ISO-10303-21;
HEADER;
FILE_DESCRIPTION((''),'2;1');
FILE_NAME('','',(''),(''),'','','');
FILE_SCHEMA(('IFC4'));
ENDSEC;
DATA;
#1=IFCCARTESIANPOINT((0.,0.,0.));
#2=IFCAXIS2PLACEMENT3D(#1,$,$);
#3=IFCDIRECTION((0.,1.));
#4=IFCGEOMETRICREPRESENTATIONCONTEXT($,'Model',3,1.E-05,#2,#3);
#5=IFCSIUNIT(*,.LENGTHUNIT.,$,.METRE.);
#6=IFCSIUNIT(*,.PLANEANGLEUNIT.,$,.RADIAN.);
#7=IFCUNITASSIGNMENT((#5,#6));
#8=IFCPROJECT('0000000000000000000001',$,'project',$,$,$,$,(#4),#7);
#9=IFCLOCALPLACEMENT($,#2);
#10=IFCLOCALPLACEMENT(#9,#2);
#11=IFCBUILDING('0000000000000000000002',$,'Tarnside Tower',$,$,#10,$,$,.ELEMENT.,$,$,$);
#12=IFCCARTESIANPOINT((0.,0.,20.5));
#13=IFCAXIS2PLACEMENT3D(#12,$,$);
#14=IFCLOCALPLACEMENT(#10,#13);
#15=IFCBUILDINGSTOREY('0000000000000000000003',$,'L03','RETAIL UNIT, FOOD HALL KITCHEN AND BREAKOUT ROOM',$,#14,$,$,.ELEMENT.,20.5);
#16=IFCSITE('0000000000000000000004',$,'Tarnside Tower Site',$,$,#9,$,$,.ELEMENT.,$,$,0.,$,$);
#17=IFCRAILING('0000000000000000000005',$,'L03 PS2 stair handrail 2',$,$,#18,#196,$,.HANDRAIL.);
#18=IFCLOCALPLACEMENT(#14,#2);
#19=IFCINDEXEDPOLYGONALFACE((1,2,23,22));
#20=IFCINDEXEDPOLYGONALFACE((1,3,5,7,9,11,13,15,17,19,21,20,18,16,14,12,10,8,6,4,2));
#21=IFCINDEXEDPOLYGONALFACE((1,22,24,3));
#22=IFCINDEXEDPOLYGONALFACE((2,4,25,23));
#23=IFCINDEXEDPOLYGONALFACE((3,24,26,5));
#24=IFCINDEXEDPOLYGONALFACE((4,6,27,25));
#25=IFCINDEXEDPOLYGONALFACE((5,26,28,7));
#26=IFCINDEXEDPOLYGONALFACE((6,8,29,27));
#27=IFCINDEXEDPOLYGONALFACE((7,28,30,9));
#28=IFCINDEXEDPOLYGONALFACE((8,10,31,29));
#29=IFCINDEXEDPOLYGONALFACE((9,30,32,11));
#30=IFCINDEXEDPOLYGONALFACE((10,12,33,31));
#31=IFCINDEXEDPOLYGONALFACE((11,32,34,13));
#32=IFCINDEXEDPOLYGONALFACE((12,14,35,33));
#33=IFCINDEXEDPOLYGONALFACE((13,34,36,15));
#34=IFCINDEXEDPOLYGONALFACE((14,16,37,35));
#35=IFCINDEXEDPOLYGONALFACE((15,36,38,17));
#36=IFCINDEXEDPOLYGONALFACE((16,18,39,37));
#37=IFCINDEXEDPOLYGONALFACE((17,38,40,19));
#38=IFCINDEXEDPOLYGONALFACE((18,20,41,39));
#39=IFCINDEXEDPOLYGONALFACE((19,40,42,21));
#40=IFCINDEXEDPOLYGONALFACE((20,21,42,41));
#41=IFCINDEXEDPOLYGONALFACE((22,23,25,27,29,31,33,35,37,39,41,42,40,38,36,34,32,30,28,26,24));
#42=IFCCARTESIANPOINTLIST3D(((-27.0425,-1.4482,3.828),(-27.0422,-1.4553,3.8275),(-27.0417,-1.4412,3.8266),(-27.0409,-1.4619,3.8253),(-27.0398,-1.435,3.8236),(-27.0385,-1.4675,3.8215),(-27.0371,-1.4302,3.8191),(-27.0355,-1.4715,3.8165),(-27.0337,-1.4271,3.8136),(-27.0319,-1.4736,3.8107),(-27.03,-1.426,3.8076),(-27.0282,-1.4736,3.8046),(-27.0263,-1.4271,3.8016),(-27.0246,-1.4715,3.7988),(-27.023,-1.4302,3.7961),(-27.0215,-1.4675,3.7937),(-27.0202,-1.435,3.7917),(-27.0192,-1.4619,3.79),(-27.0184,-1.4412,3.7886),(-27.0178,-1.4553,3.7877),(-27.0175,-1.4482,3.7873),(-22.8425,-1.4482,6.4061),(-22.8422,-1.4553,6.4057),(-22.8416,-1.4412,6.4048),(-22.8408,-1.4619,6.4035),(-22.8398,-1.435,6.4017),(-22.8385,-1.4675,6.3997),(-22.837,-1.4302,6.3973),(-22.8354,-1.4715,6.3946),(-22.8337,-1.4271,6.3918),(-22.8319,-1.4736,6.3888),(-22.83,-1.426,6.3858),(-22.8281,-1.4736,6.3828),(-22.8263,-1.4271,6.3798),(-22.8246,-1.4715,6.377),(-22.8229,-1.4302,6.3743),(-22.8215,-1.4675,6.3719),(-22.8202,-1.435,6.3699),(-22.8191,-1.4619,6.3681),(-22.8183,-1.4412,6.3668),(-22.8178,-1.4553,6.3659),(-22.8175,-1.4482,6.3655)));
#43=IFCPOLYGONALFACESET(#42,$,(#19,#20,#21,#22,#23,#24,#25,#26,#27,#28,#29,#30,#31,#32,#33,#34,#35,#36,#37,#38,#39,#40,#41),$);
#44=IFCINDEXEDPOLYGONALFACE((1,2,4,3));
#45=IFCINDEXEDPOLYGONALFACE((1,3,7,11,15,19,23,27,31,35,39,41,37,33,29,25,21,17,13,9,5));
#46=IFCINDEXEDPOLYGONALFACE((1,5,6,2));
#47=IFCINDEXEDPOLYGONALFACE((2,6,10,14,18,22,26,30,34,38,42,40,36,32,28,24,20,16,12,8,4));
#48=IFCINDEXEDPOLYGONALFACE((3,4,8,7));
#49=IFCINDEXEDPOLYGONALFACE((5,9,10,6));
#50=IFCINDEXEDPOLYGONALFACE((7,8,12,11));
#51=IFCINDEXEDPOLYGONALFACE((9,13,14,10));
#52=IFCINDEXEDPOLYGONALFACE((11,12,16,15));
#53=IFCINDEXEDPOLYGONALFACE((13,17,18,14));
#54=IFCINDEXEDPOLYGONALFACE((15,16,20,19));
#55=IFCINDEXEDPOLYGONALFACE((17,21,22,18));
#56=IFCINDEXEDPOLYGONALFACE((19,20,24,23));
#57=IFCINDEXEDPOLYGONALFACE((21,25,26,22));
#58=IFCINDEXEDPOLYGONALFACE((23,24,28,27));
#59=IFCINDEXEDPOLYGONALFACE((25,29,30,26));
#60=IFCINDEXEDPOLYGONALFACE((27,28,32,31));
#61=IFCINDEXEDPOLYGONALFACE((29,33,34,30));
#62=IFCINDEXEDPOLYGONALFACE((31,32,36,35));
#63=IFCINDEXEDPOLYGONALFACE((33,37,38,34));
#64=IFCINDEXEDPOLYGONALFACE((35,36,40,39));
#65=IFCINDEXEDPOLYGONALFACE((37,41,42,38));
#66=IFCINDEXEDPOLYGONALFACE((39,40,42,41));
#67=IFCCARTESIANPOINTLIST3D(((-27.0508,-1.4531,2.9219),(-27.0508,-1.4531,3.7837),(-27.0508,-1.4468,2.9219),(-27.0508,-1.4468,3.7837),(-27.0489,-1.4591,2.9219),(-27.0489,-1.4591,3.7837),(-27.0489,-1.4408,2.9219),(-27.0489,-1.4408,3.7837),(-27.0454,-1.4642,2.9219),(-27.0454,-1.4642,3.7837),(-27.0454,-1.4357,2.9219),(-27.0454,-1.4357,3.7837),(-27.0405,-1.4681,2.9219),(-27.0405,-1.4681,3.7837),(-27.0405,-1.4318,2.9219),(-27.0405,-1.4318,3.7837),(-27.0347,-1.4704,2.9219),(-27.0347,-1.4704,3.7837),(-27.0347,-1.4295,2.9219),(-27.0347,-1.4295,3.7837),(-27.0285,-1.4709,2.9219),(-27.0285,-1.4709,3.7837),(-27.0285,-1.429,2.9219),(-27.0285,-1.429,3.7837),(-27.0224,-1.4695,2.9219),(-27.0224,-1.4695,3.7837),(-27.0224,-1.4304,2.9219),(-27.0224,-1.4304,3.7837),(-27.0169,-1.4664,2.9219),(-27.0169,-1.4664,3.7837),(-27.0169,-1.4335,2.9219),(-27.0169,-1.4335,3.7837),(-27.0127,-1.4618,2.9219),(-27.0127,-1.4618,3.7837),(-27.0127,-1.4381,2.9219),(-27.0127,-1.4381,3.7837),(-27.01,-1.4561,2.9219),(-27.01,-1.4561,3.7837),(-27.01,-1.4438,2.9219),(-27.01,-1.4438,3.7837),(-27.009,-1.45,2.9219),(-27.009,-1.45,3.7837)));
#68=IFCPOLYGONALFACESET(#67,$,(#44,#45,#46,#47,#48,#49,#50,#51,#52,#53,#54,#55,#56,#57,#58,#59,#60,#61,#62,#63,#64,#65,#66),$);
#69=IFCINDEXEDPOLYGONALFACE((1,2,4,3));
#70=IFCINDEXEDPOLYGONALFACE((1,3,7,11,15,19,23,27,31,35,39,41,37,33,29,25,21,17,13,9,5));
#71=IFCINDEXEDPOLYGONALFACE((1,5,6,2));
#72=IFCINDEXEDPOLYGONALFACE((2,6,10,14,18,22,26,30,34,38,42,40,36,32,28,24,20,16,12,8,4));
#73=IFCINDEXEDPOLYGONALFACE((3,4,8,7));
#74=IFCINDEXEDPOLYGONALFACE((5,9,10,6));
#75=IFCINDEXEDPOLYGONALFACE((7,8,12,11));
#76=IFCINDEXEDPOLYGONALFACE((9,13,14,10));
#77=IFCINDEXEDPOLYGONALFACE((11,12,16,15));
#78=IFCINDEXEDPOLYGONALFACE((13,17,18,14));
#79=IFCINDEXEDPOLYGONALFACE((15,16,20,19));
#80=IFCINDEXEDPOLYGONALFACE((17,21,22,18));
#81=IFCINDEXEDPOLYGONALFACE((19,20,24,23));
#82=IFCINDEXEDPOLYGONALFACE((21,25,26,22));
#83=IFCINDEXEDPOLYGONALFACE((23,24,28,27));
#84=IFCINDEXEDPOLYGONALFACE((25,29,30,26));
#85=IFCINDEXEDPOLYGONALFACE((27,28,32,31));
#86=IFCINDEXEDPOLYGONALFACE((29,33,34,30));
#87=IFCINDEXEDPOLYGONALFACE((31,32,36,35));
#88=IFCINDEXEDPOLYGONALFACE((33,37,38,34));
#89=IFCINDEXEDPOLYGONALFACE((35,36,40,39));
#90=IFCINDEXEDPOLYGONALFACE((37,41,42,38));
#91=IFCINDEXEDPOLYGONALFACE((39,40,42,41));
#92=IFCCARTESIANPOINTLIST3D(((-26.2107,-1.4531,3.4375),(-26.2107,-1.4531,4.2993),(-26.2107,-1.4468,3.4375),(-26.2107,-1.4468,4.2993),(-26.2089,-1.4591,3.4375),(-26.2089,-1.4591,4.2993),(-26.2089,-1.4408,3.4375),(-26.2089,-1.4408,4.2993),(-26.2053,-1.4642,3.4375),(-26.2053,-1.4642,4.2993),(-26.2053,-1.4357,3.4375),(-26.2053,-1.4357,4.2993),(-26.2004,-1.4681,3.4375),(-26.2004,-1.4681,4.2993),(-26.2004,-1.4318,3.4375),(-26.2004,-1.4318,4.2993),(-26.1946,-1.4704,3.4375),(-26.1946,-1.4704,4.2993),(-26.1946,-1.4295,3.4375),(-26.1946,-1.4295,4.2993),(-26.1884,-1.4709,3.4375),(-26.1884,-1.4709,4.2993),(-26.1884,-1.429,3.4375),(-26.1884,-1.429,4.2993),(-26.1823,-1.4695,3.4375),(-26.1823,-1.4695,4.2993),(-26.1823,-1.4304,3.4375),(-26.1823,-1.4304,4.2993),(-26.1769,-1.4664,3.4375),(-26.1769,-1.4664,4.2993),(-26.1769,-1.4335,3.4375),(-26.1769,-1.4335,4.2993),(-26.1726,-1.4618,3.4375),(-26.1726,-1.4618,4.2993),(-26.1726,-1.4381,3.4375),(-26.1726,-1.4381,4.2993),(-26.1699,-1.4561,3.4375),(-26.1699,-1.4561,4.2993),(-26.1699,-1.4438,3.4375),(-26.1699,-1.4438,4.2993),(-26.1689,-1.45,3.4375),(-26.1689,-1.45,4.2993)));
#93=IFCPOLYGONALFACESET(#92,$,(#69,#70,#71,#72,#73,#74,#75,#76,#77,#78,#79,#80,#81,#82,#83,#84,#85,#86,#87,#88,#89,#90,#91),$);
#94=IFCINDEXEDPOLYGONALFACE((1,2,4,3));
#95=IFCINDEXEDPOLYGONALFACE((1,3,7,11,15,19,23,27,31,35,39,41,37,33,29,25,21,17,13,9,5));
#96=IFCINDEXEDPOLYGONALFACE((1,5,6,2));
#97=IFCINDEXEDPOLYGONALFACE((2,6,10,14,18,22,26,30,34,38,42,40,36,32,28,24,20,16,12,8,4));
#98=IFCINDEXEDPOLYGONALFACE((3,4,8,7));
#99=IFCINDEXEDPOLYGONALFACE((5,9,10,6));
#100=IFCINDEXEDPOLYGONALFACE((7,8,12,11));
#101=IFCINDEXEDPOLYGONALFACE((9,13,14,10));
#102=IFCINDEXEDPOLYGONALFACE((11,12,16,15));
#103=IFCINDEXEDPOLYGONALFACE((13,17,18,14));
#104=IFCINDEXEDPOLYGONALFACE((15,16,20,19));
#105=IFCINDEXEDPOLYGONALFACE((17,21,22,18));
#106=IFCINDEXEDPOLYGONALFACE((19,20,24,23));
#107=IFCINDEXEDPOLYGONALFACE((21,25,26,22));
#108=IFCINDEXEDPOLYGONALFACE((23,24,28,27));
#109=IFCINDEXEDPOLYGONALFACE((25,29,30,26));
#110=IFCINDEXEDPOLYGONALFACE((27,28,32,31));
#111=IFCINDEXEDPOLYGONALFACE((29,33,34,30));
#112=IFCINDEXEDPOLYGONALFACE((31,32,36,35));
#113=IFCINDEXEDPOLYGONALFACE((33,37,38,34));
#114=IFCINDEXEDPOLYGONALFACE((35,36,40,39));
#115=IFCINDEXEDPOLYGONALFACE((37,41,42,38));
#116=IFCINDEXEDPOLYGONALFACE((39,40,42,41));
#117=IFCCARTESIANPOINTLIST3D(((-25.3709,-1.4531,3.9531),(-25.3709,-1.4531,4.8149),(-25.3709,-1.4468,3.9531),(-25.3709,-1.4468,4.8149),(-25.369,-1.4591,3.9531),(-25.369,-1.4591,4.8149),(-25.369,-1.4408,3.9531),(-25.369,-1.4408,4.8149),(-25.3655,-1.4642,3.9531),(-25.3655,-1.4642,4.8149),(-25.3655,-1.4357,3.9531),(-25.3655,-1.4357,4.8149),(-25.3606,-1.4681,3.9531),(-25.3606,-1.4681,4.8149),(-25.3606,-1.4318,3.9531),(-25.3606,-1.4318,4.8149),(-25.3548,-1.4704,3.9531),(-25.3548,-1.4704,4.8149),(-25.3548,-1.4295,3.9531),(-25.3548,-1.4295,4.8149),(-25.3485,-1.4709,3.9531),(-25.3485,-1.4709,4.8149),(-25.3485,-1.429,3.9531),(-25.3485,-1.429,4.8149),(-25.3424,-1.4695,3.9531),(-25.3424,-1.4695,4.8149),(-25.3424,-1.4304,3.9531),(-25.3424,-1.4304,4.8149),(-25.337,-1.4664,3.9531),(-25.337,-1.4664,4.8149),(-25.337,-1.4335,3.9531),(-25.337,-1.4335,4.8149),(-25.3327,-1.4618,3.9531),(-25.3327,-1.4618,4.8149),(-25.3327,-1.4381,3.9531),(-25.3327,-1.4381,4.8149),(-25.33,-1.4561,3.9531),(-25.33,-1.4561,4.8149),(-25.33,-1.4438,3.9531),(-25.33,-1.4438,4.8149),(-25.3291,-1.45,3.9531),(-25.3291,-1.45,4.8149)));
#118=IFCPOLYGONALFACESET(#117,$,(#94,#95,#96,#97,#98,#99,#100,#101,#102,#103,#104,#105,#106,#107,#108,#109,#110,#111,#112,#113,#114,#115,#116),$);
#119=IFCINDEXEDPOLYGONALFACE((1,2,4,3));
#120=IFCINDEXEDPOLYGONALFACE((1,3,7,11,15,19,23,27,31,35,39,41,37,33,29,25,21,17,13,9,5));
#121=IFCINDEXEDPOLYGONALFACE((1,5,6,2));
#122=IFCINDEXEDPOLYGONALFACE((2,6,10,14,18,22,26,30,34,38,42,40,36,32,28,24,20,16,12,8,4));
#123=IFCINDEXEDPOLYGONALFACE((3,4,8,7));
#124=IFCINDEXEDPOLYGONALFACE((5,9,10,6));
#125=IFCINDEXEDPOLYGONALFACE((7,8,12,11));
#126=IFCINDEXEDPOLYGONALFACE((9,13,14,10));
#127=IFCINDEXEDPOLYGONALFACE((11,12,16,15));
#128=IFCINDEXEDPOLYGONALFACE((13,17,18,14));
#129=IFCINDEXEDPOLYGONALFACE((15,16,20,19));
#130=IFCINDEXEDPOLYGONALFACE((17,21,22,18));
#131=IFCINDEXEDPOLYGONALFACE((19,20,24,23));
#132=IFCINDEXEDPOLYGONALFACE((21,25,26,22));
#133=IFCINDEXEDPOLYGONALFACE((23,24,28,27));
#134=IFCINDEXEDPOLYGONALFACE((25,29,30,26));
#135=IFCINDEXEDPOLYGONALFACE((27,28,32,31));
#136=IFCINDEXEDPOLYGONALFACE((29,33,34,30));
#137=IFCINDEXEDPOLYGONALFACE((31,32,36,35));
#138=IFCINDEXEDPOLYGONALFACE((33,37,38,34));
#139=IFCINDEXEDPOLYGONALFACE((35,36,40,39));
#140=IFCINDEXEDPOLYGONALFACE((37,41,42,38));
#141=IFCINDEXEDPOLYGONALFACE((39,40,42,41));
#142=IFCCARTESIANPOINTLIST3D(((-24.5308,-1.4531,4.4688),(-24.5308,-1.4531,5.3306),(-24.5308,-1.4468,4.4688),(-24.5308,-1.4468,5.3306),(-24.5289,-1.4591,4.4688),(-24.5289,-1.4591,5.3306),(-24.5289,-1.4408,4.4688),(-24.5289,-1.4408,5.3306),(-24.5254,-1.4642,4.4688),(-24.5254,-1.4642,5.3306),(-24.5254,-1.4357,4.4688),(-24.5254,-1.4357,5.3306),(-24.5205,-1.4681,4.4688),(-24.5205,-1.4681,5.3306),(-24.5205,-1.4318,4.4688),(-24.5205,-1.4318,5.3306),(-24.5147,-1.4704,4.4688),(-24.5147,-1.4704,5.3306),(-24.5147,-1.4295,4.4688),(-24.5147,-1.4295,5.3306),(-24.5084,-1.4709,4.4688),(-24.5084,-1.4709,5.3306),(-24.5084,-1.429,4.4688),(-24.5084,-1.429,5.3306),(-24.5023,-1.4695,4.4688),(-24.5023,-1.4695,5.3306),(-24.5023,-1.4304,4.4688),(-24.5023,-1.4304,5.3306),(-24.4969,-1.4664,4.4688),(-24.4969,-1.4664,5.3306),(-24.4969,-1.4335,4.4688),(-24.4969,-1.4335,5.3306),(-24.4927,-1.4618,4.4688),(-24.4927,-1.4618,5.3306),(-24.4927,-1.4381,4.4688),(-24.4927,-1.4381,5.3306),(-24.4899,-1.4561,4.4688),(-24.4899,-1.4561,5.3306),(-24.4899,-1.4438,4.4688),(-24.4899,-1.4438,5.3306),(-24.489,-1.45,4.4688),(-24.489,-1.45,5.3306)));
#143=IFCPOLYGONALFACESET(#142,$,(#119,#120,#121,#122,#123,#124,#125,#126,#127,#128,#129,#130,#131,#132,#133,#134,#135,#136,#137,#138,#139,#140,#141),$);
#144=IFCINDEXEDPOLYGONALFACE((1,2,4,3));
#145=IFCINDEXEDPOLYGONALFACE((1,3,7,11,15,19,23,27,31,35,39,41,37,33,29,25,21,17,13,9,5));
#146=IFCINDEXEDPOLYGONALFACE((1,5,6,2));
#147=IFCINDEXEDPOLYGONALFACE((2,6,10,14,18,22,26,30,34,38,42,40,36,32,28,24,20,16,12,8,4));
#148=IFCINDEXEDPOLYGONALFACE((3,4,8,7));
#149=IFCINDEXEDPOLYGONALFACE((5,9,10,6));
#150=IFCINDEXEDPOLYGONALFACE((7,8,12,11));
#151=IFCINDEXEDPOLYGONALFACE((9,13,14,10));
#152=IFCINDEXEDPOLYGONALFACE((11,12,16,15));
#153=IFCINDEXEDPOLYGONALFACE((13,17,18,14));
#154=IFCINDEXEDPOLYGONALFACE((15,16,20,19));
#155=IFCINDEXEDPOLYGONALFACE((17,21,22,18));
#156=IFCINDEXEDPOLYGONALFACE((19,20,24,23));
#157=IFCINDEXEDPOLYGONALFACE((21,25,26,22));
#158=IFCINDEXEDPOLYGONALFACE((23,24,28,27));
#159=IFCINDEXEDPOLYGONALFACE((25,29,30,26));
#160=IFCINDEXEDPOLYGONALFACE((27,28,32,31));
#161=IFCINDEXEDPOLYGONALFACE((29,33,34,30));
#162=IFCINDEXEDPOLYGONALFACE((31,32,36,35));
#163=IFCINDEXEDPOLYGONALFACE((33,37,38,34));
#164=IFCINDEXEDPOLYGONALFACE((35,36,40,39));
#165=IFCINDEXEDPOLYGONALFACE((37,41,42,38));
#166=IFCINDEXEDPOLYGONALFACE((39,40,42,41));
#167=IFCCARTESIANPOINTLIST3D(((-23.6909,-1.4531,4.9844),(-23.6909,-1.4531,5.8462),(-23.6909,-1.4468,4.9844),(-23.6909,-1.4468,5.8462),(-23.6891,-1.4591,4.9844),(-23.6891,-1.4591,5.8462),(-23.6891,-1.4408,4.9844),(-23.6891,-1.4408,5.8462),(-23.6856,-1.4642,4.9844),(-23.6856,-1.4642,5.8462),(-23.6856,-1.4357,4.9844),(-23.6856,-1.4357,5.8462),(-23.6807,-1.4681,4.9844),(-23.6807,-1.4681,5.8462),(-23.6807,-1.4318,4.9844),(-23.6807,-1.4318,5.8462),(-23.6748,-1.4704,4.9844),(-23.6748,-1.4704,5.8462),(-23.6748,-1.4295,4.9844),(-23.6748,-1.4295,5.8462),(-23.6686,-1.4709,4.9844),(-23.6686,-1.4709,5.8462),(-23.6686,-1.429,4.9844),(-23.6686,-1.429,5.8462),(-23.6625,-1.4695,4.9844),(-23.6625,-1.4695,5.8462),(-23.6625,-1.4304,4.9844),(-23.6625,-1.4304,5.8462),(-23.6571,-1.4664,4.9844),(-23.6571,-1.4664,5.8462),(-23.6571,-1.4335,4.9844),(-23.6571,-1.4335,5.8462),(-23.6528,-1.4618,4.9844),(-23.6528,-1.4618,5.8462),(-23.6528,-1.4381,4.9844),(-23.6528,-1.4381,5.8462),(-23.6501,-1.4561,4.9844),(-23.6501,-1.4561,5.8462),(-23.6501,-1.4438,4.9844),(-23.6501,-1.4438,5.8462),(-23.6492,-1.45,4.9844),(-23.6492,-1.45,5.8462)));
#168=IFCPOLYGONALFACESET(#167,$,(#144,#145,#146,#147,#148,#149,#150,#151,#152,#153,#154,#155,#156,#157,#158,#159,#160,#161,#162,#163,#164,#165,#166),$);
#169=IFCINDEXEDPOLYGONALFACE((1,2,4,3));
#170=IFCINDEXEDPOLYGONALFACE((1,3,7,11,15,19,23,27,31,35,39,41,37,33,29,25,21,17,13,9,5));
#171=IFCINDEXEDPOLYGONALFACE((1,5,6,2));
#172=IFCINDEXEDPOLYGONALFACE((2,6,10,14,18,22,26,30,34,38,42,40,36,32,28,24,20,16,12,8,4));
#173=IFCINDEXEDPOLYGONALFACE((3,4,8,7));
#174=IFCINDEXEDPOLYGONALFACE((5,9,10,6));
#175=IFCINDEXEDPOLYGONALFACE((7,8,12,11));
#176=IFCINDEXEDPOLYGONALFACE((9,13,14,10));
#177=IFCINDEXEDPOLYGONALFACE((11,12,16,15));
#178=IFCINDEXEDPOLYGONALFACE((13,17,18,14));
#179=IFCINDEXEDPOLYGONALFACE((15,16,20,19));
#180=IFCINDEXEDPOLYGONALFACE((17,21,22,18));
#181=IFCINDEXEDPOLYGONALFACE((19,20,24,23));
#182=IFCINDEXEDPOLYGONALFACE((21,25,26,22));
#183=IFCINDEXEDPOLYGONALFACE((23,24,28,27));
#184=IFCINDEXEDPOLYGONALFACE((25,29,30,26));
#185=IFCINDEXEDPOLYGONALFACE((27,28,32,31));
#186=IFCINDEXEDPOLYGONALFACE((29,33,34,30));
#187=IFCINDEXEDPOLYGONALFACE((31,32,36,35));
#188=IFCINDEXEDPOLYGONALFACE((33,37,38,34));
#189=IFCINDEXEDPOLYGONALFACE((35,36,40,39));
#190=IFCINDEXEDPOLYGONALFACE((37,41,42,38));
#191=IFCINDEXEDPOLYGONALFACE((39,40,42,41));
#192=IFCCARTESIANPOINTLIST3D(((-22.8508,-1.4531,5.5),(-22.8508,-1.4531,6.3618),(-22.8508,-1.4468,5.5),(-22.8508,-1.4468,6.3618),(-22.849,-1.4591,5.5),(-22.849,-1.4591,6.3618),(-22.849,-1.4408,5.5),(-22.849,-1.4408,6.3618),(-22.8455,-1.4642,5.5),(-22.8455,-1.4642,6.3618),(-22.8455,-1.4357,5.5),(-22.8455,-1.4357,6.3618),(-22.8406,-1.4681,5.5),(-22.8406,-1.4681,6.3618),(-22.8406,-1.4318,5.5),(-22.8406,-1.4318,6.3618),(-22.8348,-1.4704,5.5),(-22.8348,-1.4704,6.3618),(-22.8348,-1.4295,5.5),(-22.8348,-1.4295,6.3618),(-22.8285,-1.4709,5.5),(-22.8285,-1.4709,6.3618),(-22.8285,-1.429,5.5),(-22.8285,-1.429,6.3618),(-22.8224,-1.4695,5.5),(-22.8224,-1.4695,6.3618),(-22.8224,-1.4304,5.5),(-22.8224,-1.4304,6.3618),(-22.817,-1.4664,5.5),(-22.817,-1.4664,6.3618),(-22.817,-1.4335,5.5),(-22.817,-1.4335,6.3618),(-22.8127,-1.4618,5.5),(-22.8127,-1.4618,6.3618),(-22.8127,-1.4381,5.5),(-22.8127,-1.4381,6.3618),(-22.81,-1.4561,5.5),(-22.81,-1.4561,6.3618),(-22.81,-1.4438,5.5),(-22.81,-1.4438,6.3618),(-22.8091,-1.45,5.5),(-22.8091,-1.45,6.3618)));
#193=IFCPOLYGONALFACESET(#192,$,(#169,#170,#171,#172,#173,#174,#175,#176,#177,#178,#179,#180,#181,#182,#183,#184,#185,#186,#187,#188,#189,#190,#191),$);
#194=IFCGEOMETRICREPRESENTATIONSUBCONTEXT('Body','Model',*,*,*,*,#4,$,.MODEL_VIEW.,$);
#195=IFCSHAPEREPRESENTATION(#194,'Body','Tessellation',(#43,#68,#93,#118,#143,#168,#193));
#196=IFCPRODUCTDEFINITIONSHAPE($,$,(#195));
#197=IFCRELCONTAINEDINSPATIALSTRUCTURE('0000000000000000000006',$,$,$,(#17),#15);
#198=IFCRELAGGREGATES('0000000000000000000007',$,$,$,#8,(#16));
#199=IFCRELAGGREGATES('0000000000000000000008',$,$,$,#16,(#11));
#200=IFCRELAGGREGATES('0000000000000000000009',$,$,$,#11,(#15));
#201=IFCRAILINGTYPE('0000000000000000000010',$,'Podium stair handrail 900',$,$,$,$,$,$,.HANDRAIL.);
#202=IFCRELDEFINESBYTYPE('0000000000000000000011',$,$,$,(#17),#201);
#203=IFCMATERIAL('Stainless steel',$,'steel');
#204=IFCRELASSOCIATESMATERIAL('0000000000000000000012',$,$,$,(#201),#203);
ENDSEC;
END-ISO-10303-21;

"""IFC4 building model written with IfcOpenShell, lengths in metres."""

from ifc_helpers import new_model, si_unit, direction, frame, origin, origin_2d, place, context, subcontext, project, spatial, circle, extrude, material, type_object, element, save


model = new_model("IFC4")

# Units and contexts
model_context = context("Model", 3, precision=1e-05, world=origin(), true_north=direction((0.0, 1.0)))
body_context = subcontext(model_context, "Body", "Model", "MODEL_VIEW")
ifc_project = project(units=[si_unit("LENGTHUNIT", "METRE"), si_unit("PLANEANGLEUNIT", "RADIAN")], contexts=[model_context])

# Site, building, storey
site_placement = place(None, origin())
site = spatial("IfcSite", under=ifc_project, at=site_placement, Name="Tarnside Tower Site", CompositionType="ELEMENT", RefElevation=0.0)
building_placement = place(site_placement, origin())
building = spatial("IfcBuilding", under=site, at=building_placement, Name="Tarnside Tower", CompositionType="ELEMENT")
storey_placement = place(building_placement, frame((0.0, 0.0, 20.5)))
storey = spatial("IfcBuildingStorey", under=building, at=storey_placement, Name="L03", Description="RETAIL UNIT, FOOD HALL KITCHEN AND BREAKOUT ROOM", CompositionType="ELEMENT", Elevation=20.5)

# Railing
ifc_material_1 = material(Name="Stainless steel", Category="steel")
railing_type_1 = type_object("IfcRailingType", Name="Podium stair handrail 900", PredefinedType="HANDRAIL", material=ifc_material_1)
railing_1_placement = place(storey_placement, frame((-27.03, -1.45, 2.9219)))
element("IfcRailing", 1, at=railing_1_placement, inside=storey, type_object=railing_type_1, Name="L03 PS2 stair handrail 2", PredefinedType="HANDRAIL", context=body_context, shape_type="SweptSolid", body=[
    extrude(circle(Radius=0.0239, at=origin_2d()), frame((0.0, 0.0, 0.8857), z_axis=(0.852243, 0.0, 0.523146), x_axis=(0.0, 1.0, 0.0)), (0.0, 0.0, 1.0), 4.9282),
    extrude(circle(Radius=0.021, at=origin_2d()), origin(), (0.0, 0.0, 1.0), 0.8618),
    extrude(circle(Radius=0.021, at=origin_2d()), frame((0.8401, 0.0, 0.5156)), (0.0, 0.0, 1.0), 0.8618),
    extrude(circle(Radius=0.021, at=origin_2d()), frame((1.6799, 0.0, 1.0312)), (0.0, 0.0, 1.0), 0.8618),
    extrude(circle(Radius=0.021, at=origin_2d()), frame((2.52, 0.0, 1.5469)), (0.0, 0.0, 1.0), 0.8618),
    extrude(circle(Radius=0.021, at=origin_2d()), frame((3.3599, 0.0, 2.0625)), (0.0, 0.0, 1.0), 0.8618),
    extrude(circle(Radius=0.021, at=origin_2d()), frame((4.2, 0.0, 2.5781)), (0.0, 0.0, 1.0), 0.8618),
])

save(model, "model.ifc")
